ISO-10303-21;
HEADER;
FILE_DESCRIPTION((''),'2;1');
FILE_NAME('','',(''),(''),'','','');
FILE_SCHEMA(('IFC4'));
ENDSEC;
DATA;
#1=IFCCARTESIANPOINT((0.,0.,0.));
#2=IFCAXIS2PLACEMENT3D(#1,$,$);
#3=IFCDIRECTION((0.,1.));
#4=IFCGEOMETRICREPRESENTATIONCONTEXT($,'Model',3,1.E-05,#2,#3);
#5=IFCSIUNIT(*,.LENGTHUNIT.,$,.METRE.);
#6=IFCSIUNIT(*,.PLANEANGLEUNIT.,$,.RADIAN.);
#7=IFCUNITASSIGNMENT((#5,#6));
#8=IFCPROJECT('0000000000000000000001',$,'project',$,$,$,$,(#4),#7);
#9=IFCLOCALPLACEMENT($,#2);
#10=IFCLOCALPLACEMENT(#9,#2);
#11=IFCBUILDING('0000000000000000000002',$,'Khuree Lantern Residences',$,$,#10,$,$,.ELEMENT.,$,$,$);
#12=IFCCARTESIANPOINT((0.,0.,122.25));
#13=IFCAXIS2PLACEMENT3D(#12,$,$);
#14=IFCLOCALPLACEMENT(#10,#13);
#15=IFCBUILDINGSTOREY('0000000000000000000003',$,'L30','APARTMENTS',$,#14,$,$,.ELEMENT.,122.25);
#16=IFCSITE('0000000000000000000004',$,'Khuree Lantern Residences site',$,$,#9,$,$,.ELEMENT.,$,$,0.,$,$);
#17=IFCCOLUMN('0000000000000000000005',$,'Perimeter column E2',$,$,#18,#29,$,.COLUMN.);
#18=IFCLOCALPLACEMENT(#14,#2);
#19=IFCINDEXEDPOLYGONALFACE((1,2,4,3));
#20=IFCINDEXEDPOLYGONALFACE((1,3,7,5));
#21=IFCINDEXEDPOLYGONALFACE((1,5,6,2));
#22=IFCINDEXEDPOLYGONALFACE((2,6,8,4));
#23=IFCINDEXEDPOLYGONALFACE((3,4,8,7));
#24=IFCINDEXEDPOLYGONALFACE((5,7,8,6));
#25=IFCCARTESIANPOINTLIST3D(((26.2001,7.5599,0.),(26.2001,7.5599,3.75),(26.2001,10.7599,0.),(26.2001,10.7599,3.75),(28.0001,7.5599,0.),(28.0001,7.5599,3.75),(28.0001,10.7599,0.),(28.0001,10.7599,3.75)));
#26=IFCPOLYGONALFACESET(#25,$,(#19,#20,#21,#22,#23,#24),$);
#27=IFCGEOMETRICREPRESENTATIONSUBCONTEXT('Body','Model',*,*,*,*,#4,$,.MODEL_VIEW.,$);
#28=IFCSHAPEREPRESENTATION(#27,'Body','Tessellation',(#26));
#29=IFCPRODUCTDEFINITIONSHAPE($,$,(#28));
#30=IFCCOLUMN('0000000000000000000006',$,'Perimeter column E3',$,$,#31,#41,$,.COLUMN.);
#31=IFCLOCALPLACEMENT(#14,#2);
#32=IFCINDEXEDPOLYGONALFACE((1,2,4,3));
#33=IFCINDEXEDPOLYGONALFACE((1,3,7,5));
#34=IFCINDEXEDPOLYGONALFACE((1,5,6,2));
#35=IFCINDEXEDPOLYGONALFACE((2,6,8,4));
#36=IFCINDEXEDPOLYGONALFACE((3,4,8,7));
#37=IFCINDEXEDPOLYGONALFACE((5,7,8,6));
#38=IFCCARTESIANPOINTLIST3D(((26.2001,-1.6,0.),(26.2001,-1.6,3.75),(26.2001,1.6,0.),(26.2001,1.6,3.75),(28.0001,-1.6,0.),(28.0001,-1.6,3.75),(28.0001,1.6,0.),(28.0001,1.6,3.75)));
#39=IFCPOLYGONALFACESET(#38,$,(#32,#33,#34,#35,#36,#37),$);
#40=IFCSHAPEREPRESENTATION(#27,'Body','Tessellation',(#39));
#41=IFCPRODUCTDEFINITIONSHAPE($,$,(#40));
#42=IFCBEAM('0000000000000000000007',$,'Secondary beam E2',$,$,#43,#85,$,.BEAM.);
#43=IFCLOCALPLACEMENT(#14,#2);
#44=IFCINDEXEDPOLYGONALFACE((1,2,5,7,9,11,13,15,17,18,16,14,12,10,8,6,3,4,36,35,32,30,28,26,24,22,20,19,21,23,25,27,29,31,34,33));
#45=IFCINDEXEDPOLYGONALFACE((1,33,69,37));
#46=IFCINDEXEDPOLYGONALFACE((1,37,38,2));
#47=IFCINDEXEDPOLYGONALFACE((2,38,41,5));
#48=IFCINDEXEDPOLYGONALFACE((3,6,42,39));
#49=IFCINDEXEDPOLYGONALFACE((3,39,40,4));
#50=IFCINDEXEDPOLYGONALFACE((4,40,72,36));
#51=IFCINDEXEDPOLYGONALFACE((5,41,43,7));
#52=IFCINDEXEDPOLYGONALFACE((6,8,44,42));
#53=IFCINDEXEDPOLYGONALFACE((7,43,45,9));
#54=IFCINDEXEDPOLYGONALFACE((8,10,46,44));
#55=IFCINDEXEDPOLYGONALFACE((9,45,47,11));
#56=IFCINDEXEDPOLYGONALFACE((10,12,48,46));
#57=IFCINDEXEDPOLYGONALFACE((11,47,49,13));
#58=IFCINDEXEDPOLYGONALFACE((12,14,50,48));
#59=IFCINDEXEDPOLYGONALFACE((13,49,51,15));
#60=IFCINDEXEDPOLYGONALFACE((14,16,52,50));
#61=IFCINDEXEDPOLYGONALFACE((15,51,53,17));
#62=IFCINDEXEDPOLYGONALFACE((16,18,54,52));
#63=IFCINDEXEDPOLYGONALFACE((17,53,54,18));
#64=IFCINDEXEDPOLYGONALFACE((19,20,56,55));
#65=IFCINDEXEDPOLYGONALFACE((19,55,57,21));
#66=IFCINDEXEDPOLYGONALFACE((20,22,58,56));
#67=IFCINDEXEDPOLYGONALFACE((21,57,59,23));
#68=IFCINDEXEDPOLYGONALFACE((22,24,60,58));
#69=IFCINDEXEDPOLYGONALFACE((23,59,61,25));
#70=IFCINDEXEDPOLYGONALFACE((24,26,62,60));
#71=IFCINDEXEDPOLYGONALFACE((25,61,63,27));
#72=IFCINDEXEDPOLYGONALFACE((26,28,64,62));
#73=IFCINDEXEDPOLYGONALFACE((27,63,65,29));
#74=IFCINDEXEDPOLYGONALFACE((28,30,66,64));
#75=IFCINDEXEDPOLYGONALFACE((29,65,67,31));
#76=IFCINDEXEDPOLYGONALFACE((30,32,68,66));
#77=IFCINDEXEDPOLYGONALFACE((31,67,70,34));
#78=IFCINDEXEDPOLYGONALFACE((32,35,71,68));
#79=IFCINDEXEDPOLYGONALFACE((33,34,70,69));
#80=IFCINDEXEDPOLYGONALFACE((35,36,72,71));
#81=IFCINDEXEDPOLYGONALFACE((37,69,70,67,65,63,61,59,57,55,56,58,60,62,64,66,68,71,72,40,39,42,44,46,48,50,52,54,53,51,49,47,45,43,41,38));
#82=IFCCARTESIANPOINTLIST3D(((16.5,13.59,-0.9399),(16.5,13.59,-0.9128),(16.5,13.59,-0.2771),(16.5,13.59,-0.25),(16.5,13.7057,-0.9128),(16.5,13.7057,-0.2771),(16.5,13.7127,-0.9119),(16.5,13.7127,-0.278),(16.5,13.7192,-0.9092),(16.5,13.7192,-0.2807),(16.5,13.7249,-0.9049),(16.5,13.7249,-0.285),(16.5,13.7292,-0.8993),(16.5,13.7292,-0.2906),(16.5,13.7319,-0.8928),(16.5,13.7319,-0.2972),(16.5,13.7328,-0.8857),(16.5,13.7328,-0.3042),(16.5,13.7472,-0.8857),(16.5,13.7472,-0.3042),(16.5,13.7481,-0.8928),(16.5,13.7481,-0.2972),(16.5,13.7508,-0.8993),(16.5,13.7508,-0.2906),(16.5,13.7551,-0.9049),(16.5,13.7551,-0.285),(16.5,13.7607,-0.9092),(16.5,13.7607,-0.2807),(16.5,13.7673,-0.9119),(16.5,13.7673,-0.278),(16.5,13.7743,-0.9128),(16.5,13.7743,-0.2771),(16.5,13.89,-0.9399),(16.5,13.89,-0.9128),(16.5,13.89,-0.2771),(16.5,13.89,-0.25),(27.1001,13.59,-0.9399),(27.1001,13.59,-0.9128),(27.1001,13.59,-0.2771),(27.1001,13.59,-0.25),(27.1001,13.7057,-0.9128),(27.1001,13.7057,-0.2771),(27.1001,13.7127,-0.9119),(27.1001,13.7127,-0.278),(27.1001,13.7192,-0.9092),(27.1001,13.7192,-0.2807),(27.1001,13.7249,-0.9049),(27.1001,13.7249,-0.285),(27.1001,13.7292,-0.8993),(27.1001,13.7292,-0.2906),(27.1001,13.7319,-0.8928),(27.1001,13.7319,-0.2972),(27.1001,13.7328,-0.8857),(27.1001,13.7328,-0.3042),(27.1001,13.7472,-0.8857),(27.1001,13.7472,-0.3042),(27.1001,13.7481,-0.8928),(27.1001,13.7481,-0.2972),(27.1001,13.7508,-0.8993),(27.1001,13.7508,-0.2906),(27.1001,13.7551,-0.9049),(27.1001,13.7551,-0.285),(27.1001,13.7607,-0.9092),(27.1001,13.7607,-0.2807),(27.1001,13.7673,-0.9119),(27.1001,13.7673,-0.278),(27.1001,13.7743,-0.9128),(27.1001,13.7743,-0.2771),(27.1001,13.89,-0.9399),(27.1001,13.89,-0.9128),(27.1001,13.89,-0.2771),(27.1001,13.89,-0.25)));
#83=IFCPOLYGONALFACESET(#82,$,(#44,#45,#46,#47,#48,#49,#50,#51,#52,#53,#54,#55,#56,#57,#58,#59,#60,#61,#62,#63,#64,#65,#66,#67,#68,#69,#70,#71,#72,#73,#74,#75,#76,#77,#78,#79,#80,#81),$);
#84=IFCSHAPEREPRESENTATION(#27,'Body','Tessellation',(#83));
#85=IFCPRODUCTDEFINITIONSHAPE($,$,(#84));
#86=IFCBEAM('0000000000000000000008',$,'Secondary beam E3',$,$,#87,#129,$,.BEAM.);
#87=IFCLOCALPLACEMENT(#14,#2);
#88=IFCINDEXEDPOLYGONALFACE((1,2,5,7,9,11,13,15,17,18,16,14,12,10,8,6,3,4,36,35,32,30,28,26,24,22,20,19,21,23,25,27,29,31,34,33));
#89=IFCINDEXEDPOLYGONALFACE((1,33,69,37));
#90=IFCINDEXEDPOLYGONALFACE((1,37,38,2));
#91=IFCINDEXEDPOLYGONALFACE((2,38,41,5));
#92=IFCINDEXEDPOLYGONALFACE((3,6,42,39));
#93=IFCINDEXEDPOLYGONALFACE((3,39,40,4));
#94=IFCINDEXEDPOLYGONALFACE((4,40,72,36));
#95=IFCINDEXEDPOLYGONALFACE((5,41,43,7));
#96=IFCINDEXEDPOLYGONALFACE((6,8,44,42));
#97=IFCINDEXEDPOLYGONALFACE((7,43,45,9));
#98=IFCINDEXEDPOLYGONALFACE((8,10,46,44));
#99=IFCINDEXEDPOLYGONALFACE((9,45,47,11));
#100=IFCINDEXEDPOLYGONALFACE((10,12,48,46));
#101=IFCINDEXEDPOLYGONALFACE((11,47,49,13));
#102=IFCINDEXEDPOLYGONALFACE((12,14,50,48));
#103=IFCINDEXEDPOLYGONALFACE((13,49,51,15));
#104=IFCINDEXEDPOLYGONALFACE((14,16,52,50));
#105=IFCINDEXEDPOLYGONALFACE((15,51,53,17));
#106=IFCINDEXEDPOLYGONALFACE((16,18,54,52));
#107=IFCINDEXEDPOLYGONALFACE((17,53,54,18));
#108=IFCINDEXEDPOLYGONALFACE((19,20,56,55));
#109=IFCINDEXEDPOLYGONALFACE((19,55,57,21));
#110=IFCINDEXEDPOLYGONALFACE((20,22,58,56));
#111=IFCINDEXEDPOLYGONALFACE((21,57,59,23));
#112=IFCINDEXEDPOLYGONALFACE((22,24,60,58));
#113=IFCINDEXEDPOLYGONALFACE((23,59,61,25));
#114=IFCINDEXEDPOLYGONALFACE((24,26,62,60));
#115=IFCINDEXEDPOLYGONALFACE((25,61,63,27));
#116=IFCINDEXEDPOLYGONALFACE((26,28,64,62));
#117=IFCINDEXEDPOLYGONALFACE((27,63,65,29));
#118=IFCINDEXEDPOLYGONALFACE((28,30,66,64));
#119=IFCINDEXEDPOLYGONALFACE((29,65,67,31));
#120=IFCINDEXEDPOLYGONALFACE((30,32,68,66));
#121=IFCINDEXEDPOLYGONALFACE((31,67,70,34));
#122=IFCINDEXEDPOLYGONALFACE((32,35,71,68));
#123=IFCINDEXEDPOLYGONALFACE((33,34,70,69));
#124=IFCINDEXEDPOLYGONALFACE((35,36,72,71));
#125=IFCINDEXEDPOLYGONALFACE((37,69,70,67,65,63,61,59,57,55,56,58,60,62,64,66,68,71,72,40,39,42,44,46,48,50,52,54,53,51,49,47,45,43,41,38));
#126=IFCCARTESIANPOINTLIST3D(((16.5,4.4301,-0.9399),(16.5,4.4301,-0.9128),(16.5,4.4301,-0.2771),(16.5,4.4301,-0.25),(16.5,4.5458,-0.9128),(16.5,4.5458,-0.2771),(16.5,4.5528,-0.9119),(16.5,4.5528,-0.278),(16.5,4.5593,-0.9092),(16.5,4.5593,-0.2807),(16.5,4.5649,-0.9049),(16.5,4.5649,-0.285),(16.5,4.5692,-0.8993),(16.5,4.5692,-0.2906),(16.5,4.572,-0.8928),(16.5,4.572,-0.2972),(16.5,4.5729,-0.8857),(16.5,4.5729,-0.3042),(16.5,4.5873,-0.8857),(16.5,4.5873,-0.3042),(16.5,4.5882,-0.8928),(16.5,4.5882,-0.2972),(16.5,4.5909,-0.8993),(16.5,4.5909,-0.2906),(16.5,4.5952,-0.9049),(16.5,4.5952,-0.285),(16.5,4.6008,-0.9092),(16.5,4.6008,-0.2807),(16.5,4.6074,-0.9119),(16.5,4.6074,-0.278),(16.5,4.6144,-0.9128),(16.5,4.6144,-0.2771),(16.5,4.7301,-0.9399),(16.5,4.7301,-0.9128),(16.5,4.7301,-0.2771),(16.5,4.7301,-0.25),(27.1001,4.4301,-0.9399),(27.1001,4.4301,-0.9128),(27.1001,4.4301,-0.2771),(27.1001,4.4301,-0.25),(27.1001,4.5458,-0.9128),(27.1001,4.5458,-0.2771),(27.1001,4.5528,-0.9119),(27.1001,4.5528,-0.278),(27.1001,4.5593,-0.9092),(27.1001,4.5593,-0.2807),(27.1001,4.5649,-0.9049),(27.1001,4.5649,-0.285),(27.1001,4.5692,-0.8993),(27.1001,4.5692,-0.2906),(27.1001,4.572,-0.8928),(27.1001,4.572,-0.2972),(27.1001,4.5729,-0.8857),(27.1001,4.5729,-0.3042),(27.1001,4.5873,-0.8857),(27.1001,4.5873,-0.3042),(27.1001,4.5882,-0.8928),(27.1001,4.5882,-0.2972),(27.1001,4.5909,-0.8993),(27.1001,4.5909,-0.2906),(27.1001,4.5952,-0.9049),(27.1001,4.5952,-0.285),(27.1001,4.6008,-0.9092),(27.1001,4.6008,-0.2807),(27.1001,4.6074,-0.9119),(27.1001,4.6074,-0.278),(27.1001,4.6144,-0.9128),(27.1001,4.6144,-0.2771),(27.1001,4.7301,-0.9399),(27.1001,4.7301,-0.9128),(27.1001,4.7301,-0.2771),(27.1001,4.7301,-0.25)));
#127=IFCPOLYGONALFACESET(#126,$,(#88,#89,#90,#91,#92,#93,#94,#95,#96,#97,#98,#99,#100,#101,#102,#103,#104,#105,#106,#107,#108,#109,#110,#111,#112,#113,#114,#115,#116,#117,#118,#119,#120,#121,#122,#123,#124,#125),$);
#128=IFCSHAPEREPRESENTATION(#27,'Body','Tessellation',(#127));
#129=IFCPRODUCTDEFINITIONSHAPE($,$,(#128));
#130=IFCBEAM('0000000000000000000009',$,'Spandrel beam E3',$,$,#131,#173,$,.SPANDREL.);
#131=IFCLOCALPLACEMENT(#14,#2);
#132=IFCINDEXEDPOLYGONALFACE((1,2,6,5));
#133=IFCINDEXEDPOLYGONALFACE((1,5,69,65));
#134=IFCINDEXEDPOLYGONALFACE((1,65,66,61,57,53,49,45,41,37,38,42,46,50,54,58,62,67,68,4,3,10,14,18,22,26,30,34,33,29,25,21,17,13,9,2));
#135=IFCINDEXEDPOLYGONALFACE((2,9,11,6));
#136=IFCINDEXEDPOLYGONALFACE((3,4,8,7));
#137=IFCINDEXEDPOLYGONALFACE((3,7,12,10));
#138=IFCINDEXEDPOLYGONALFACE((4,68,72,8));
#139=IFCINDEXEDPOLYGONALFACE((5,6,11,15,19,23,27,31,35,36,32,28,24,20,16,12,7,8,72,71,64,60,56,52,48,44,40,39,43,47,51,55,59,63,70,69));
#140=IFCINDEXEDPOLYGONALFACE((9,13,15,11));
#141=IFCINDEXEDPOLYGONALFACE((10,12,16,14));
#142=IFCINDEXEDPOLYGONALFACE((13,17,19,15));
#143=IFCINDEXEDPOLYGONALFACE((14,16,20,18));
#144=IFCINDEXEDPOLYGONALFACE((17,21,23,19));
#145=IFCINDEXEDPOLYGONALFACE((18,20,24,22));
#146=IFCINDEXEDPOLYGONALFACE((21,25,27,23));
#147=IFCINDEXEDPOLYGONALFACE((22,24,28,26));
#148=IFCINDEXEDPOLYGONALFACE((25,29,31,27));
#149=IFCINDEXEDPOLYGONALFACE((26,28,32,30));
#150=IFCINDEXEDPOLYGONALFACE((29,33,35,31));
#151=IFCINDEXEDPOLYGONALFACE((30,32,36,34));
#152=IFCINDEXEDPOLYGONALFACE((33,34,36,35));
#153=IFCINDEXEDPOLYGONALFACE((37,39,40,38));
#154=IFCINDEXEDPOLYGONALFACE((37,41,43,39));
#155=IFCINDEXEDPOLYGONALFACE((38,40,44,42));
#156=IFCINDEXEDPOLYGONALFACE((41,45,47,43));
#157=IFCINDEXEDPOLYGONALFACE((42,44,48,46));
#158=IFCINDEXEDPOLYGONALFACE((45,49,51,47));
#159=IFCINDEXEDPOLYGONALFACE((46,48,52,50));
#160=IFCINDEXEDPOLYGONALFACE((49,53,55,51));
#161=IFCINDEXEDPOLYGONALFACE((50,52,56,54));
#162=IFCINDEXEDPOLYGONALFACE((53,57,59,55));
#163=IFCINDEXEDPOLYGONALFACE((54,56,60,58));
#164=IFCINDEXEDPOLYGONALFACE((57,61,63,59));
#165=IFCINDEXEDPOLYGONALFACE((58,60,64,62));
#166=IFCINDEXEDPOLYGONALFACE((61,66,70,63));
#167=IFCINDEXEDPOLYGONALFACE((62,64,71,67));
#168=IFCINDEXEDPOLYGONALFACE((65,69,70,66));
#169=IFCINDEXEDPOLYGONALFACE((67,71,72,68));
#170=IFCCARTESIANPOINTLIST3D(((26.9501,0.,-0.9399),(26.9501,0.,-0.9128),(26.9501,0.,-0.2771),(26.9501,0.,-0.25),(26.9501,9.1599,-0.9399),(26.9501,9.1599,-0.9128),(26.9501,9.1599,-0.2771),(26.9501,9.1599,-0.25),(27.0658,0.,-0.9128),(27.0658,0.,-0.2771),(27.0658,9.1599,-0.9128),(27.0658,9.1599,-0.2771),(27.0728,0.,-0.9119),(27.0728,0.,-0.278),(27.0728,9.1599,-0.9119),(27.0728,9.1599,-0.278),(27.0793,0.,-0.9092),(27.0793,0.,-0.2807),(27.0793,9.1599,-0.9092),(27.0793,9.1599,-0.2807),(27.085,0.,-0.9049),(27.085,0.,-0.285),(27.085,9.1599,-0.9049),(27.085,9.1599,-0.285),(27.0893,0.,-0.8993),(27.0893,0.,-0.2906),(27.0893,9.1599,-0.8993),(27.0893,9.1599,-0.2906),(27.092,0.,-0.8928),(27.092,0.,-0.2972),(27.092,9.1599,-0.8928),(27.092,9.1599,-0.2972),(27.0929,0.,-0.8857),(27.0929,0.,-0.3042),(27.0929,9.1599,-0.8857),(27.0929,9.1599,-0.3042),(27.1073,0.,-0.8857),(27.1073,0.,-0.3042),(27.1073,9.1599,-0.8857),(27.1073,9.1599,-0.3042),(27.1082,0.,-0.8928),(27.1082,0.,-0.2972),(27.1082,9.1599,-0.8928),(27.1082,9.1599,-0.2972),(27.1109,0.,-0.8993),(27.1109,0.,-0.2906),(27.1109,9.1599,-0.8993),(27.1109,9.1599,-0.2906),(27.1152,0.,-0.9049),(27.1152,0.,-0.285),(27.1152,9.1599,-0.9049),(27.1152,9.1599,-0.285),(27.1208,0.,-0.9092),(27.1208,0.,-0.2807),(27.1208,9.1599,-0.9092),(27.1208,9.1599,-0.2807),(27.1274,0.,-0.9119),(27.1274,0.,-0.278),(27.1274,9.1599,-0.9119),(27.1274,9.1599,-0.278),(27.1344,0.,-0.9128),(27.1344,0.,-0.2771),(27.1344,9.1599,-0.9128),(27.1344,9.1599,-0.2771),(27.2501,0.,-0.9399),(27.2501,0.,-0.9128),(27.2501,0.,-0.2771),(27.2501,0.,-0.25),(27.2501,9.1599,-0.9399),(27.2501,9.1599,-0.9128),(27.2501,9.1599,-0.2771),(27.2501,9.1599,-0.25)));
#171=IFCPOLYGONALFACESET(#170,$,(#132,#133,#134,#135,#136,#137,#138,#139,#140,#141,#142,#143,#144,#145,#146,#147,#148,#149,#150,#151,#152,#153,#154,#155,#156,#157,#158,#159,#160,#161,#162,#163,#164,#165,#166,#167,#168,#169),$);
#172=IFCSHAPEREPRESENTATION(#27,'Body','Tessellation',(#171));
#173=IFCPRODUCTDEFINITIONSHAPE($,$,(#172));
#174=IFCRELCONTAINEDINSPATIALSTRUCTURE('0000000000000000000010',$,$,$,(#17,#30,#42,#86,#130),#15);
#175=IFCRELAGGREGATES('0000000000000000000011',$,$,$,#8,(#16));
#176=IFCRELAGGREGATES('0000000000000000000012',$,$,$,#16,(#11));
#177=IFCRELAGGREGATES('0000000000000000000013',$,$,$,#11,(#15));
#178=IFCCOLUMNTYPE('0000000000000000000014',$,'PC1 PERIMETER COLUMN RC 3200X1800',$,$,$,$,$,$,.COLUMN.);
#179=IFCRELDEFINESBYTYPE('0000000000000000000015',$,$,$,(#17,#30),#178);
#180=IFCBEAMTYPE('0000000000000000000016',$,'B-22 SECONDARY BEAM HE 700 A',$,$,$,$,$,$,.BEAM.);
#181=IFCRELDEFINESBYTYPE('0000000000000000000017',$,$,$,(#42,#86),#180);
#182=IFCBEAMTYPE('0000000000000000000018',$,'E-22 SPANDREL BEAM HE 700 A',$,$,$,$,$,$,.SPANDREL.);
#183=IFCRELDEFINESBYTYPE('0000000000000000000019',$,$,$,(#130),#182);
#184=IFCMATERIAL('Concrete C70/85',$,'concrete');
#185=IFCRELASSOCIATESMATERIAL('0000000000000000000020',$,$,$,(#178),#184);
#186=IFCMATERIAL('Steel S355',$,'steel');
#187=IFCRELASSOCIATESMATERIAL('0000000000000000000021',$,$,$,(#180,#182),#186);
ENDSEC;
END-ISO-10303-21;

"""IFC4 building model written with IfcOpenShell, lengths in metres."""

from ifc_helpers import new_model, si_unit, direction, frame, origin, origin_2d, place, context, subcontext, project, spatial, rectangle, i_section, extrude, material, material_profile, profile_set, type_object, element, save


model = new_model("IFC4")

# Units and contexts
model_context = context("Model", 3, precision=1e-05, world=origin(), true_north=direction((0.0, 1.0)))
body_context = subcontext(model_context, "Body", "Model", "MODEL_VIEW")
ifc_project = project(units=[si_unit("LENGTHUNIT", "METRE"), si_unit("PLANEANGLEUNIT", "RADIAN")], contexts=[model_context])

# Site, building, storey
site_placement = place(None, origin())
site = spatial("IfcSite", under=ifc_project, at=site_placement, Name="Khuree Lantern Residences site", CompositionType="ELEMENT", RefElevation=0.0)
building_placement = place(site_placement, origin())
building = spatial("IfcBuilding", under=site, at=building_placement, Name="Khuree Lantern Residences", CompositionType="ELEMENT")
storey_placement = place(building_placement, frame((0.0, 0.0, 122.25)))
storey = spatial("IfcBuildingStorey", under=building, at=storey_placement, Name="L30", Description="APARTMENTS", CompositionType="ELEMENT", Elevation=122.25)

# Columns
ifc_material_1 = material(Name="Concrete C70/85", Category="concrete")
ifc_material_profile_1 = material_profile(ifc_material_1, rectangle(XDim=3.2, YDim=1.8, at=origin_2d()), Name="RC 3200X1800")
ifc_profile_set_1 = profile_set([ifc_material_profile_1], Name="Concrete C70/85")
column_type = type_object("IfcColumnType", Name="PC1 PERIMETER COLUMN RC 3200X1800", PredefinedType="COLUMN", material=ifc_profile_set_1)
for number, where, z_axis, x_axis, name in (
    (1, (27.1001, 9.1599, 0.0), (0.0, 0.0, 1.0), (0.0, 1.0, 0.0), "Perimeter column E2"),
    (2, (27.1001, 0.0, 0.0), (0.0, 0.0, 1.0), (0.0, 1.0, 0.0), "Perimeter column E3"),
):
    element("IfcColumn", number, at=place(storey_placement, frame(where, z_axis=z_axis, x_axis=x_axis)), inside=storey, type_object=column_type, Name=name, PredefinedType="COLUMN", context=body_context, shape_type="SweptSolid", body=[
        extrude(rectangle(XDim=3.2, YDim=1.8, at=origin_2d()), origin(), (0.0, 0.0, 1.0), 3.75),
    ])

# Beams
ifc_material_2 = material(Name="Steel S355", Category="steel")
ifc_material_profile_2 = material_profile(ifc_material_2, i_section(OverallWidth=0.3, OverallDepth=0.6899, WebThickness=0.0144, FlangeThickness=0.0271, FilletRadius=0.0271, at=origin_2d()), Name="HE 700 A")
ifc_profile_set_2 = profile_set([ifc_material_profile_2], Name="Steel S355")
beam_type_1 = type_object("IfcBeamType", Name="B-22 SECONDARY BEAM HE 700 A", PredefinedType="BEAM", material=ifc_profile_set_2)
for number, where, z_axis, x_axis, name in (
    (3, (27.1001, 13.74, -0.595), (-1.0, 0.0, 0.0), (0.0, -1.0, 0.0), "Secondary beam E2"),
    (4, (27.1001, 4.5801, -0.595), (-1.0, 0.0, 0.0), (0.0, -1.0, 0.0), "Secondary beam E3"),
):
    element("IfcBeam", number, at=place(storey_placement, frame(where, z_axis=z_axis, x_axis=x_axis)), inside=storey, type_object=beam_type_1, Name=name, PredefinedType="BEAM", context=body_context, shape_type="SweptSolid", body=[
        extrude(i_section(OverallWidth=0.3, OverallDepth=0.6899, WebThickness=0.0144, FlangeThickness=0.0271, FilletRadius=0.0271, at=origin_2d()), origin(), (0.0, 0.0, 1.0), 10.6001),
    ])
ifc_material_profile_3 = material_profile(ifc_material_2, i_section(OverallWidth=0.3, OverallDepth=0.6899, WebThickness=0.0144, FlangeThickness=0.0271, FilletRadius=0.0271, at=origin_2d()), Name="HE 700 A")
ifc_profile_set_3 = profile_set([ifc_material_profile_3], Name="Steel S355")
beam_type_2 = type_object("IfcBeamType", Name="E-22 SPANDREL BEAM HE 700 A", PredefinedType="SPANDREL", material=ifc_profile_set_3)
for number, where, z_axis, x_axis, name in (
    (5, (27.1001, 9.1599, -0.595), (0.0, -1.0, 0.0), (1.0, 0.0, 0.0), "Spandrel beam E3"),
):
    element("IfcBeam", number, at=place(storey_placement, frame(where, z_axis=z_axis, x_axis=x_axis)), inside=storey, type_object=beam_type_2, Name=name, PredefinedType="SPANDREL", context=body_context, shape_type="SweptSolid", body=[
        extrude(i_section(OverallWidth=0.3, OverallDepth=0.6899, WebThickness=0.0144, FlangeThickness=0.0271, FilletRadius=0.0271, at=origin_2d()), origin(), (0.0, 0.0, 1.0), 9.1599),
    ])

save(model, "model.ifc")
